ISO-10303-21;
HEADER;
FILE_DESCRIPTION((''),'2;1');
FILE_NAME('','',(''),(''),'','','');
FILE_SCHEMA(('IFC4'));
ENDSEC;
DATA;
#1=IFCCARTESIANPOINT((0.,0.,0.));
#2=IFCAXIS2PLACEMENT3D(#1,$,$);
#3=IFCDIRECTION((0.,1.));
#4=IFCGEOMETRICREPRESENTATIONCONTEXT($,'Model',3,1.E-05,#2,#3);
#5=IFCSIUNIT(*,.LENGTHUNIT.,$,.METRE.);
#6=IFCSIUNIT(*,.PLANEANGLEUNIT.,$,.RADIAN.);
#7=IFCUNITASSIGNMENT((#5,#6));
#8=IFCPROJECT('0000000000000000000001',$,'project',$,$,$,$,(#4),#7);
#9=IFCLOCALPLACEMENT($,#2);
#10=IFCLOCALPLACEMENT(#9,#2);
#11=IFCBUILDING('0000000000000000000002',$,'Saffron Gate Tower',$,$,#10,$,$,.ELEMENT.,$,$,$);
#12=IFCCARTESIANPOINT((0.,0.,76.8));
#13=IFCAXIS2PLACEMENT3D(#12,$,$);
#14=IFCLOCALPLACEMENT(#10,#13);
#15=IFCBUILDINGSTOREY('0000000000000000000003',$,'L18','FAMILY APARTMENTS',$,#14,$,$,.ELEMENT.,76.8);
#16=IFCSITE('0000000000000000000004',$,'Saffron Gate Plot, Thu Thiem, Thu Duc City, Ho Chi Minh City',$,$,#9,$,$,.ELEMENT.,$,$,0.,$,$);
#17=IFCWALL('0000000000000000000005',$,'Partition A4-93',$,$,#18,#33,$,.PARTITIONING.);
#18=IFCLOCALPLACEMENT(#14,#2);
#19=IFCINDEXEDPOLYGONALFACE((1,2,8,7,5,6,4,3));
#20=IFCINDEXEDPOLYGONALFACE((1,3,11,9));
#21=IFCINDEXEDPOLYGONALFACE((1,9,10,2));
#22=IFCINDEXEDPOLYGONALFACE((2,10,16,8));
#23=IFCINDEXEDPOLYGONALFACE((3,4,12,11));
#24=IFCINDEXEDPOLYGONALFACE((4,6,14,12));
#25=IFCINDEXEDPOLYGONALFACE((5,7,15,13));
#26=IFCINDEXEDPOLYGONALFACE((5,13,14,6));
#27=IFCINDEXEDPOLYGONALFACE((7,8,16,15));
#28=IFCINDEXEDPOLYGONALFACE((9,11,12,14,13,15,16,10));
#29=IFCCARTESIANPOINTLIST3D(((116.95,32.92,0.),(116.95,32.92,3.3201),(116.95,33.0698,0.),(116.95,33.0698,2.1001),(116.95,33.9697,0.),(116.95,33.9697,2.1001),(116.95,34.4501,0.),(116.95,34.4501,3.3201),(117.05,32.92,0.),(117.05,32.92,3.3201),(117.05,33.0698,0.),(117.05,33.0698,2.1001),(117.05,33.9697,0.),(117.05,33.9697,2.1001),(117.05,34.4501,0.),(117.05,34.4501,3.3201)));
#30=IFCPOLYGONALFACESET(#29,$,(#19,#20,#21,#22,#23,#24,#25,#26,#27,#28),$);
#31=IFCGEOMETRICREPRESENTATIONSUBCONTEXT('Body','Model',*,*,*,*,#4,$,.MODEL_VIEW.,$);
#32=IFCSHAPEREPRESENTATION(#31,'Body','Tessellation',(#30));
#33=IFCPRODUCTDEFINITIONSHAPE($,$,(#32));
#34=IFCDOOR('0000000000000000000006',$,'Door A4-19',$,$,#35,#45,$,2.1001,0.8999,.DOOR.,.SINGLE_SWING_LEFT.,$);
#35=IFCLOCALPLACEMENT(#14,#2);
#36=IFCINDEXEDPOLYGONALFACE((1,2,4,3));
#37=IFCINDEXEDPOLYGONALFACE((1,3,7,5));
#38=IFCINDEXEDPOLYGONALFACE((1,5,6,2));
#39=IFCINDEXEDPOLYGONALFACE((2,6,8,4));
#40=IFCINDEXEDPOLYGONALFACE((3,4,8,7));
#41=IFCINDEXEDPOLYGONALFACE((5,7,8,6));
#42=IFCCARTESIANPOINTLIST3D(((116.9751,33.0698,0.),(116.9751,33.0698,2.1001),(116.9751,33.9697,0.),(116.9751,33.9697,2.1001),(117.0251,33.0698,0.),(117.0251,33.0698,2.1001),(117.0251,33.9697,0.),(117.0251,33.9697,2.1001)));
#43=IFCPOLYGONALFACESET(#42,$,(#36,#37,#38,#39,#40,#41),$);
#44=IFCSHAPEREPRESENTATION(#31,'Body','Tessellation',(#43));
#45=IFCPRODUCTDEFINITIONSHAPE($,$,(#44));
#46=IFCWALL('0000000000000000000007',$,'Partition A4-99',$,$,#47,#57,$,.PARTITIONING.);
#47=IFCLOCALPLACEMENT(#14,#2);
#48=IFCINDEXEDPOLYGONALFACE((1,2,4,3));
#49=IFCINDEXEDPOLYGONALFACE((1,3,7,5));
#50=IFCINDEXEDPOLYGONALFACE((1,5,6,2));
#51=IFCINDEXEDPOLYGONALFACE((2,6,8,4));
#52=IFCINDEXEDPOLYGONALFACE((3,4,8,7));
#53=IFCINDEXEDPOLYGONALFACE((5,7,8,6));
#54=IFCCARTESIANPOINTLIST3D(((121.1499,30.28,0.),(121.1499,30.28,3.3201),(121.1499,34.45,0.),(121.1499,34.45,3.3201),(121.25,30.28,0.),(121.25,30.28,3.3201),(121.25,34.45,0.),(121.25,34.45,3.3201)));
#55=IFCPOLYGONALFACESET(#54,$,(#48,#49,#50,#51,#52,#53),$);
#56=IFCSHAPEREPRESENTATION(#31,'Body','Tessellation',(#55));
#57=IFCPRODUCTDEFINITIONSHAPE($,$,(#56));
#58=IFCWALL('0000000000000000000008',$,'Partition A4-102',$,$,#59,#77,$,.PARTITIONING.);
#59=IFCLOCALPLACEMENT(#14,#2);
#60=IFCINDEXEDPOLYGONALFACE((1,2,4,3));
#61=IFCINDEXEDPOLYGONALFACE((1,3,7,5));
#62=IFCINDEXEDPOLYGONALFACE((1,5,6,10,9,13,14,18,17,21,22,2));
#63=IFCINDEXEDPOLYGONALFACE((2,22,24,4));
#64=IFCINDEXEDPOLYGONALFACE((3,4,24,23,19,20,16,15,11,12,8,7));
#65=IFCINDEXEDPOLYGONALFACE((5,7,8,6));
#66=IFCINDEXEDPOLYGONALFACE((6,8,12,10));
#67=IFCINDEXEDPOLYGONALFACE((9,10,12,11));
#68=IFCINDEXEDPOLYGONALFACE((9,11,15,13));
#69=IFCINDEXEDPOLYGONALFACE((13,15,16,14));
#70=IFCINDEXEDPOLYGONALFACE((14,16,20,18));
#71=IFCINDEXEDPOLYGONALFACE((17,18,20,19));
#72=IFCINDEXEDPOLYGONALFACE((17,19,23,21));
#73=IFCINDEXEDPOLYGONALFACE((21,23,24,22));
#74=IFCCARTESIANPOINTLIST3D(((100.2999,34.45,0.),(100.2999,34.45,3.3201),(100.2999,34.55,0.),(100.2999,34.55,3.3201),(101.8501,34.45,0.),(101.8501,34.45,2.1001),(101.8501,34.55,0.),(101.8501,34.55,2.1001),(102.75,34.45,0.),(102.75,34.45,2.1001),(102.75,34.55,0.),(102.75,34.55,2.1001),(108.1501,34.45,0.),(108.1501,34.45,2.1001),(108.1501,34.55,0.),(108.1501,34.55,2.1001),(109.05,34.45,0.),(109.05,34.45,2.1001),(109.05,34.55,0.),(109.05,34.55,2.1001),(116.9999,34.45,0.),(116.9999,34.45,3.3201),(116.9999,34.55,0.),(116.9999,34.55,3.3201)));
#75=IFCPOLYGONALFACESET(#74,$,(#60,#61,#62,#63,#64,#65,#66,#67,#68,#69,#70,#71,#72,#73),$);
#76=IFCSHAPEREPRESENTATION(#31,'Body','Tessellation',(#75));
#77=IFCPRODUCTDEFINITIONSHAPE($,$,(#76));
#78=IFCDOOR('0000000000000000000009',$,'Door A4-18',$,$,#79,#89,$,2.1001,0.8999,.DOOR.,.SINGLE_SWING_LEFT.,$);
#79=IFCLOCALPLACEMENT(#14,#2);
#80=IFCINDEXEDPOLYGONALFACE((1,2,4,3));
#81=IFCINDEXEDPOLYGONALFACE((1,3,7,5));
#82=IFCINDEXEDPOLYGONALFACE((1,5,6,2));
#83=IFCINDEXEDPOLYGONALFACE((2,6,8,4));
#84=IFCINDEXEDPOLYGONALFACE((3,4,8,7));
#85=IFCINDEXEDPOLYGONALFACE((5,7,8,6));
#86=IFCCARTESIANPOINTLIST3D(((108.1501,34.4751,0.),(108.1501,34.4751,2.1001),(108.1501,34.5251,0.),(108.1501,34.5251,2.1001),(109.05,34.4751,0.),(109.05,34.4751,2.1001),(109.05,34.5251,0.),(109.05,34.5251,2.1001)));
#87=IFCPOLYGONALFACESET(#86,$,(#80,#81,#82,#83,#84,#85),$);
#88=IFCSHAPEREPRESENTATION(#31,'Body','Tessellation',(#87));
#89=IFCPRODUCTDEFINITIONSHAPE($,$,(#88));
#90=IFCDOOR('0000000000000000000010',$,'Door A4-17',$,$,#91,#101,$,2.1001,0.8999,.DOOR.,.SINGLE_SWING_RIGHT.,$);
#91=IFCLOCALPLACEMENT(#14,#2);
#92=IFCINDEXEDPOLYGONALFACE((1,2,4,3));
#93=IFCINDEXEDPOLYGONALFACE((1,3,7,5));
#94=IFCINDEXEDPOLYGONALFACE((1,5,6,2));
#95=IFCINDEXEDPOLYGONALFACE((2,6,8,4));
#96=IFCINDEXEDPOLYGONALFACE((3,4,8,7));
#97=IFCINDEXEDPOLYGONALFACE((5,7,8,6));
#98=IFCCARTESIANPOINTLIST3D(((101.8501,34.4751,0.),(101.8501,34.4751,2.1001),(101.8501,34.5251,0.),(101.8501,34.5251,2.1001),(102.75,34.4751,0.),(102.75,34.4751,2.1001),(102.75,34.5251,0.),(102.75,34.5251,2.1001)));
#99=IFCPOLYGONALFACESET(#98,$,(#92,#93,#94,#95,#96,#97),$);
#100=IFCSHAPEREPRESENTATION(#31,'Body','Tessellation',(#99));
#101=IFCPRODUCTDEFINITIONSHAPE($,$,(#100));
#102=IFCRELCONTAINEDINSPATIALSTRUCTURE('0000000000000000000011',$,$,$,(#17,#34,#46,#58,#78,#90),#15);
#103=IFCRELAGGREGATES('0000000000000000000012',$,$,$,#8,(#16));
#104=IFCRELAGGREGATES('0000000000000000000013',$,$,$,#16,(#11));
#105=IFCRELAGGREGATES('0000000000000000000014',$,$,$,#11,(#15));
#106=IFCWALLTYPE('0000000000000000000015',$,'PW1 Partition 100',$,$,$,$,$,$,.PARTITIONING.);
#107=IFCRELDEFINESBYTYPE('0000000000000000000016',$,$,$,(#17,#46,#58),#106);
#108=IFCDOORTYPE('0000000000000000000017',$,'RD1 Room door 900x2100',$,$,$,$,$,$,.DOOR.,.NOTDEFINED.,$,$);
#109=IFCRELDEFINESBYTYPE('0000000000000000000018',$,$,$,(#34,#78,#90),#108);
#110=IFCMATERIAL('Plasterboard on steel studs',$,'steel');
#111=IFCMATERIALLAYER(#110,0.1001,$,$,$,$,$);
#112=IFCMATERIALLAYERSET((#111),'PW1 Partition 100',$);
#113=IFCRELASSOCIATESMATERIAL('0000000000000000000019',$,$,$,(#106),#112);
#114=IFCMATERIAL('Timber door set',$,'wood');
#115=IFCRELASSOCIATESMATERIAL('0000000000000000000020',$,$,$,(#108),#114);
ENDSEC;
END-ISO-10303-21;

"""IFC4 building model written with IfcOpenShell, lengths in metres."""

from ifc_helpers import new_model, si_unit, direction, frame, frame_2d, origin, place, context, subcontext, project, spatial, rectangle, extrude, material, layer, layer_set, type_object, element, fill, save


model = new_model("IFC4")

# Units and contexts
model_context = context("Model", 3, precision=1e-05, world=origin(), true_north=direction((0.0, 1.0)))
body_context = subcontext(model_context, "Body", "Model", "MODEL_VIEW")
ifc_project = project(units=[si_unit("LENGTHUNIT", "METRE"), si_unit("PLANEANGLEUNIT", "RADIAN")], contexts=[model_context])

# Site, building, storey
site_placement = place(None, origin())
site = spatial("IfcSite", under=ifc_project, at=site_placement, Name="Saffron Gate Plot, Thu Thiem, Thu Duc City, Ho Chi Minh City", CompositionType="ELEMENT", RefElevation=0.0)
building_placement = place(site_placement, origin())
building = spatial("IfcBuilding", under=site, at=building_placement, Name="Saffron Gate Tower", CompositionType="ELEMENT")
storey_placement = place(building_placement, frame((0.0, 0.0, 76.8)))
storey = spatial("IfcBuildingStorey", under=building, at=storey_placement, Name="L18", Description="FAMILY APARTMENTS", CompositionType="ELEMENT", Elevation=76.8)

# Shared definitions
ifc_material_1 = material(Name="Plasterboard on steel studs", Category="steel")
ifc_layer_1 = layer(ifc_material_1, 0.1001)
ifc_layer_set_1 = layer_set([ifc_layer_1], Name="PW1 Partition 100")
wall_type = type_object("IfcWallType", Name="PW1 Partition 100", PredefinedType="PARTITIONING", material=ifc_layer_set_1)
ifc_material_2 = material(Name="Timber door set", Category="wood")
door_type = type_object("IfcDoorType", Name="RD1 Room door 900x2100", OperationType="NOTDEFINED", PredefinedType="DOOR", material=ifc_material_2)

# Wall, opening, door
wall_1_placement = place(storey_placement, frame((117.0, 32.9199, 0.0), z_axis=(0.0, 0.0, 1.0), x_axis=(0.0, 1.0, 0.0)))
wall_1 = element("IfcWall", 1, at=wall_1_placement, inside=storey, type_object=wall_type, Name="Partition A4-93", PredefinedType="PARTITIONING", context=body_context, shape_type="SweptSolid", body=[
    extrude(rectangle(XDim=1.53, YDim=0.1001, at=frame_2d((0.7651, 0.0))), origin(), (0.0, 0.0, 1.0), 3.3201),
])
opening_1_placement = place(wall_1_placement, frame((0.1499, 0.0, 0.0)))
opening_1 = element("IfcOpeningElement", 2, at=opening_1_placement, cuts=wall_1, PredefinedType="OPENING", context=body_context, shape_type="SweptSolid", body=[
    extrude(rectangle(XDim=0.8999, YDim=2.1001, at=frame_2d((0.45, 1.05))), frame((0.0, 0.0601, 0.0), z_axis=(0.0, -1.0, 0.0), x_axis=(1.0, 0.0, 0.0)), (0.0, 0.0, 1.0), 0.1201),
])
door_1_placement = place(opening_1_placement, origin())
door_1 = element("IfcDoor", 3, at=door_1_placement, inside=storey, type_object=door_type, Name="Door A4-19", OperationType="SINGLE_SWING_LEFT", OverallHeight=2.1001, OverallWidth=0.8999, PredefinedType="DOOR", context=body_context, shape_type="SweptSolid", body=[
    extrude(rectangle(XDim=0.8999, YDim=2.1001, at=frame_2d((0.45, 1.05))), frame((0.0, 0.0249, 0.0), z_axis=(0.0, -1.0, 0.0), x_axis=(1.0, 0.0, 0.0)), (0.0, 0.0, 1.0), 0.05),
])
fill(opening_1, door_1)

# Wall
wall_2_placement = place(storey_placement, frame((121.2, 34.45, 0.0), z_axis=(0.0, 0.0, 1.0), x_axis=(0.0, -1.0, 0.0)))
element("IfcWall", 4, at=wall_2_placement, inside=storey, type_object=wall_type, Name="Partition A4-99", PredefinedType="PARTITIONING", context=body_context, shape_type="SweptSolid", body=[
    extrude(rectangle(XDim=4.1699, YDim=0.1001, at=frame_2d((2.085, 0.0))), origin(), (0.0, 0.0, 1.0), 3.3201),
])

# Wall, openings, doors
wall_3_placement = place(storey_placement, frame((117.0, 34.5, 0.0), z_axis=(0.0, 0.0, 1.0), x_axis=(-1.0, 0.0, 0.0)))
wall_3 = element("IfcWall", 5, at=wall_3_placement, inside=storey, type_object=wall_type, Name="Partition A4-102", PredefinedType="PARTITIONING", context=body_context, shape_type="SweptSolid", body=[
    extrude(rectangle(XDim=16.7, YDim=0.1001, at=frame_2d((8.3501, 0.0))), origin(), (0.0, 0.0, 1.0), 3.3201),
])
opening_2_placement = place(wall_3_placement, frame((7.95, 0.0, 0.0)))
opening_2 = element("IfcOpeningElement", 6, at=opening_2_placement, cuts=wall_3, PredefinedType="OPENING", context=body_context, shape_type="SweptSolid", body=[
    extrude(rectangle(XDim=0.8999, YDim=2.1001, at=frame_2d((0.45, 1.05))), frame((0.0, 0.0601, 0.0), z_axis=(0.0, -1.0, 0.0), x_axis=(1.0, 0.0, 0.0)), (0.0, 0.0, 1.0), 0.1201),
])
opening_3_placement = place(wall_3_placement, frame((14.25, 0.0, 0.0)))
opening_3 = element("IfcOpeningElement", 7, at=opening_3_placement, cuts=wall_3, PredefinedType="OPENING", context=body_context, shape_type="SweptSolid", body=[
    extrude(rectangle(XDim=0.8999, YDim=2.1001, at=frame_2d((0.45, 1.05))), frame((0.0, 0.0601, 0.0), z_axis=(0.0, -1.0, 0.0), x_axis=(1.0, 0.0, 0.0)), (0.0, 0.0, 1.0), 0.1201),
])
door_2_placement = place(opening_2_placement, origin())
door_2 = element("IfcDoor", 8, at=door_2_placement, inside=storey, type_object=door_type, Name="Door A4-18", OperationType="SINGLE_SWING_LEFT", OverallHeight=2.1001, OverallWidth=0.8999, PredefinedType="DOOR", context=body_context, shape_type="SweptSolid", body=[
    extrude(rectangle(XDim=0.8999, YDim=2.1001, at=frame_2d((0.45, 1.05))), frame((0.0, 0.0249, 0.0), z_axis=(0.0, -1.0, 0.0), x_axis=(1.0, 0.0, 0.0)), (0.0, 0.0, 1.0), 0.05),
])
fill(opening_2, door_2)
door_3_placement = place(opening_3_placement, origin())
door_3 = element("IfcDoor", 9, at=door_3_placement, inside=storey, type_object=door_type, Name="Door A4-17", OperationType="SINGLE_SWING_RIGHT", OverallHeight=2.1001, OverallWidth=0.8999, PredefinedType="DOOR", context=body_context, shape_type="SweptSolid", body=[
    extrude(rectangle(XDim=0.8999, YDim=2.1001, at=frame_2d((0.45, 1.05))), frame((0.0, 0.0249, 0.0), z_axis=(0.0, -1.0, 0.0), x_axis=(1.0, 0.0, 0.0)), (0.0, 0.0, 1.0), 0.05),
])
fill(opening_3, door_3)

save(model, "model.ifc")
